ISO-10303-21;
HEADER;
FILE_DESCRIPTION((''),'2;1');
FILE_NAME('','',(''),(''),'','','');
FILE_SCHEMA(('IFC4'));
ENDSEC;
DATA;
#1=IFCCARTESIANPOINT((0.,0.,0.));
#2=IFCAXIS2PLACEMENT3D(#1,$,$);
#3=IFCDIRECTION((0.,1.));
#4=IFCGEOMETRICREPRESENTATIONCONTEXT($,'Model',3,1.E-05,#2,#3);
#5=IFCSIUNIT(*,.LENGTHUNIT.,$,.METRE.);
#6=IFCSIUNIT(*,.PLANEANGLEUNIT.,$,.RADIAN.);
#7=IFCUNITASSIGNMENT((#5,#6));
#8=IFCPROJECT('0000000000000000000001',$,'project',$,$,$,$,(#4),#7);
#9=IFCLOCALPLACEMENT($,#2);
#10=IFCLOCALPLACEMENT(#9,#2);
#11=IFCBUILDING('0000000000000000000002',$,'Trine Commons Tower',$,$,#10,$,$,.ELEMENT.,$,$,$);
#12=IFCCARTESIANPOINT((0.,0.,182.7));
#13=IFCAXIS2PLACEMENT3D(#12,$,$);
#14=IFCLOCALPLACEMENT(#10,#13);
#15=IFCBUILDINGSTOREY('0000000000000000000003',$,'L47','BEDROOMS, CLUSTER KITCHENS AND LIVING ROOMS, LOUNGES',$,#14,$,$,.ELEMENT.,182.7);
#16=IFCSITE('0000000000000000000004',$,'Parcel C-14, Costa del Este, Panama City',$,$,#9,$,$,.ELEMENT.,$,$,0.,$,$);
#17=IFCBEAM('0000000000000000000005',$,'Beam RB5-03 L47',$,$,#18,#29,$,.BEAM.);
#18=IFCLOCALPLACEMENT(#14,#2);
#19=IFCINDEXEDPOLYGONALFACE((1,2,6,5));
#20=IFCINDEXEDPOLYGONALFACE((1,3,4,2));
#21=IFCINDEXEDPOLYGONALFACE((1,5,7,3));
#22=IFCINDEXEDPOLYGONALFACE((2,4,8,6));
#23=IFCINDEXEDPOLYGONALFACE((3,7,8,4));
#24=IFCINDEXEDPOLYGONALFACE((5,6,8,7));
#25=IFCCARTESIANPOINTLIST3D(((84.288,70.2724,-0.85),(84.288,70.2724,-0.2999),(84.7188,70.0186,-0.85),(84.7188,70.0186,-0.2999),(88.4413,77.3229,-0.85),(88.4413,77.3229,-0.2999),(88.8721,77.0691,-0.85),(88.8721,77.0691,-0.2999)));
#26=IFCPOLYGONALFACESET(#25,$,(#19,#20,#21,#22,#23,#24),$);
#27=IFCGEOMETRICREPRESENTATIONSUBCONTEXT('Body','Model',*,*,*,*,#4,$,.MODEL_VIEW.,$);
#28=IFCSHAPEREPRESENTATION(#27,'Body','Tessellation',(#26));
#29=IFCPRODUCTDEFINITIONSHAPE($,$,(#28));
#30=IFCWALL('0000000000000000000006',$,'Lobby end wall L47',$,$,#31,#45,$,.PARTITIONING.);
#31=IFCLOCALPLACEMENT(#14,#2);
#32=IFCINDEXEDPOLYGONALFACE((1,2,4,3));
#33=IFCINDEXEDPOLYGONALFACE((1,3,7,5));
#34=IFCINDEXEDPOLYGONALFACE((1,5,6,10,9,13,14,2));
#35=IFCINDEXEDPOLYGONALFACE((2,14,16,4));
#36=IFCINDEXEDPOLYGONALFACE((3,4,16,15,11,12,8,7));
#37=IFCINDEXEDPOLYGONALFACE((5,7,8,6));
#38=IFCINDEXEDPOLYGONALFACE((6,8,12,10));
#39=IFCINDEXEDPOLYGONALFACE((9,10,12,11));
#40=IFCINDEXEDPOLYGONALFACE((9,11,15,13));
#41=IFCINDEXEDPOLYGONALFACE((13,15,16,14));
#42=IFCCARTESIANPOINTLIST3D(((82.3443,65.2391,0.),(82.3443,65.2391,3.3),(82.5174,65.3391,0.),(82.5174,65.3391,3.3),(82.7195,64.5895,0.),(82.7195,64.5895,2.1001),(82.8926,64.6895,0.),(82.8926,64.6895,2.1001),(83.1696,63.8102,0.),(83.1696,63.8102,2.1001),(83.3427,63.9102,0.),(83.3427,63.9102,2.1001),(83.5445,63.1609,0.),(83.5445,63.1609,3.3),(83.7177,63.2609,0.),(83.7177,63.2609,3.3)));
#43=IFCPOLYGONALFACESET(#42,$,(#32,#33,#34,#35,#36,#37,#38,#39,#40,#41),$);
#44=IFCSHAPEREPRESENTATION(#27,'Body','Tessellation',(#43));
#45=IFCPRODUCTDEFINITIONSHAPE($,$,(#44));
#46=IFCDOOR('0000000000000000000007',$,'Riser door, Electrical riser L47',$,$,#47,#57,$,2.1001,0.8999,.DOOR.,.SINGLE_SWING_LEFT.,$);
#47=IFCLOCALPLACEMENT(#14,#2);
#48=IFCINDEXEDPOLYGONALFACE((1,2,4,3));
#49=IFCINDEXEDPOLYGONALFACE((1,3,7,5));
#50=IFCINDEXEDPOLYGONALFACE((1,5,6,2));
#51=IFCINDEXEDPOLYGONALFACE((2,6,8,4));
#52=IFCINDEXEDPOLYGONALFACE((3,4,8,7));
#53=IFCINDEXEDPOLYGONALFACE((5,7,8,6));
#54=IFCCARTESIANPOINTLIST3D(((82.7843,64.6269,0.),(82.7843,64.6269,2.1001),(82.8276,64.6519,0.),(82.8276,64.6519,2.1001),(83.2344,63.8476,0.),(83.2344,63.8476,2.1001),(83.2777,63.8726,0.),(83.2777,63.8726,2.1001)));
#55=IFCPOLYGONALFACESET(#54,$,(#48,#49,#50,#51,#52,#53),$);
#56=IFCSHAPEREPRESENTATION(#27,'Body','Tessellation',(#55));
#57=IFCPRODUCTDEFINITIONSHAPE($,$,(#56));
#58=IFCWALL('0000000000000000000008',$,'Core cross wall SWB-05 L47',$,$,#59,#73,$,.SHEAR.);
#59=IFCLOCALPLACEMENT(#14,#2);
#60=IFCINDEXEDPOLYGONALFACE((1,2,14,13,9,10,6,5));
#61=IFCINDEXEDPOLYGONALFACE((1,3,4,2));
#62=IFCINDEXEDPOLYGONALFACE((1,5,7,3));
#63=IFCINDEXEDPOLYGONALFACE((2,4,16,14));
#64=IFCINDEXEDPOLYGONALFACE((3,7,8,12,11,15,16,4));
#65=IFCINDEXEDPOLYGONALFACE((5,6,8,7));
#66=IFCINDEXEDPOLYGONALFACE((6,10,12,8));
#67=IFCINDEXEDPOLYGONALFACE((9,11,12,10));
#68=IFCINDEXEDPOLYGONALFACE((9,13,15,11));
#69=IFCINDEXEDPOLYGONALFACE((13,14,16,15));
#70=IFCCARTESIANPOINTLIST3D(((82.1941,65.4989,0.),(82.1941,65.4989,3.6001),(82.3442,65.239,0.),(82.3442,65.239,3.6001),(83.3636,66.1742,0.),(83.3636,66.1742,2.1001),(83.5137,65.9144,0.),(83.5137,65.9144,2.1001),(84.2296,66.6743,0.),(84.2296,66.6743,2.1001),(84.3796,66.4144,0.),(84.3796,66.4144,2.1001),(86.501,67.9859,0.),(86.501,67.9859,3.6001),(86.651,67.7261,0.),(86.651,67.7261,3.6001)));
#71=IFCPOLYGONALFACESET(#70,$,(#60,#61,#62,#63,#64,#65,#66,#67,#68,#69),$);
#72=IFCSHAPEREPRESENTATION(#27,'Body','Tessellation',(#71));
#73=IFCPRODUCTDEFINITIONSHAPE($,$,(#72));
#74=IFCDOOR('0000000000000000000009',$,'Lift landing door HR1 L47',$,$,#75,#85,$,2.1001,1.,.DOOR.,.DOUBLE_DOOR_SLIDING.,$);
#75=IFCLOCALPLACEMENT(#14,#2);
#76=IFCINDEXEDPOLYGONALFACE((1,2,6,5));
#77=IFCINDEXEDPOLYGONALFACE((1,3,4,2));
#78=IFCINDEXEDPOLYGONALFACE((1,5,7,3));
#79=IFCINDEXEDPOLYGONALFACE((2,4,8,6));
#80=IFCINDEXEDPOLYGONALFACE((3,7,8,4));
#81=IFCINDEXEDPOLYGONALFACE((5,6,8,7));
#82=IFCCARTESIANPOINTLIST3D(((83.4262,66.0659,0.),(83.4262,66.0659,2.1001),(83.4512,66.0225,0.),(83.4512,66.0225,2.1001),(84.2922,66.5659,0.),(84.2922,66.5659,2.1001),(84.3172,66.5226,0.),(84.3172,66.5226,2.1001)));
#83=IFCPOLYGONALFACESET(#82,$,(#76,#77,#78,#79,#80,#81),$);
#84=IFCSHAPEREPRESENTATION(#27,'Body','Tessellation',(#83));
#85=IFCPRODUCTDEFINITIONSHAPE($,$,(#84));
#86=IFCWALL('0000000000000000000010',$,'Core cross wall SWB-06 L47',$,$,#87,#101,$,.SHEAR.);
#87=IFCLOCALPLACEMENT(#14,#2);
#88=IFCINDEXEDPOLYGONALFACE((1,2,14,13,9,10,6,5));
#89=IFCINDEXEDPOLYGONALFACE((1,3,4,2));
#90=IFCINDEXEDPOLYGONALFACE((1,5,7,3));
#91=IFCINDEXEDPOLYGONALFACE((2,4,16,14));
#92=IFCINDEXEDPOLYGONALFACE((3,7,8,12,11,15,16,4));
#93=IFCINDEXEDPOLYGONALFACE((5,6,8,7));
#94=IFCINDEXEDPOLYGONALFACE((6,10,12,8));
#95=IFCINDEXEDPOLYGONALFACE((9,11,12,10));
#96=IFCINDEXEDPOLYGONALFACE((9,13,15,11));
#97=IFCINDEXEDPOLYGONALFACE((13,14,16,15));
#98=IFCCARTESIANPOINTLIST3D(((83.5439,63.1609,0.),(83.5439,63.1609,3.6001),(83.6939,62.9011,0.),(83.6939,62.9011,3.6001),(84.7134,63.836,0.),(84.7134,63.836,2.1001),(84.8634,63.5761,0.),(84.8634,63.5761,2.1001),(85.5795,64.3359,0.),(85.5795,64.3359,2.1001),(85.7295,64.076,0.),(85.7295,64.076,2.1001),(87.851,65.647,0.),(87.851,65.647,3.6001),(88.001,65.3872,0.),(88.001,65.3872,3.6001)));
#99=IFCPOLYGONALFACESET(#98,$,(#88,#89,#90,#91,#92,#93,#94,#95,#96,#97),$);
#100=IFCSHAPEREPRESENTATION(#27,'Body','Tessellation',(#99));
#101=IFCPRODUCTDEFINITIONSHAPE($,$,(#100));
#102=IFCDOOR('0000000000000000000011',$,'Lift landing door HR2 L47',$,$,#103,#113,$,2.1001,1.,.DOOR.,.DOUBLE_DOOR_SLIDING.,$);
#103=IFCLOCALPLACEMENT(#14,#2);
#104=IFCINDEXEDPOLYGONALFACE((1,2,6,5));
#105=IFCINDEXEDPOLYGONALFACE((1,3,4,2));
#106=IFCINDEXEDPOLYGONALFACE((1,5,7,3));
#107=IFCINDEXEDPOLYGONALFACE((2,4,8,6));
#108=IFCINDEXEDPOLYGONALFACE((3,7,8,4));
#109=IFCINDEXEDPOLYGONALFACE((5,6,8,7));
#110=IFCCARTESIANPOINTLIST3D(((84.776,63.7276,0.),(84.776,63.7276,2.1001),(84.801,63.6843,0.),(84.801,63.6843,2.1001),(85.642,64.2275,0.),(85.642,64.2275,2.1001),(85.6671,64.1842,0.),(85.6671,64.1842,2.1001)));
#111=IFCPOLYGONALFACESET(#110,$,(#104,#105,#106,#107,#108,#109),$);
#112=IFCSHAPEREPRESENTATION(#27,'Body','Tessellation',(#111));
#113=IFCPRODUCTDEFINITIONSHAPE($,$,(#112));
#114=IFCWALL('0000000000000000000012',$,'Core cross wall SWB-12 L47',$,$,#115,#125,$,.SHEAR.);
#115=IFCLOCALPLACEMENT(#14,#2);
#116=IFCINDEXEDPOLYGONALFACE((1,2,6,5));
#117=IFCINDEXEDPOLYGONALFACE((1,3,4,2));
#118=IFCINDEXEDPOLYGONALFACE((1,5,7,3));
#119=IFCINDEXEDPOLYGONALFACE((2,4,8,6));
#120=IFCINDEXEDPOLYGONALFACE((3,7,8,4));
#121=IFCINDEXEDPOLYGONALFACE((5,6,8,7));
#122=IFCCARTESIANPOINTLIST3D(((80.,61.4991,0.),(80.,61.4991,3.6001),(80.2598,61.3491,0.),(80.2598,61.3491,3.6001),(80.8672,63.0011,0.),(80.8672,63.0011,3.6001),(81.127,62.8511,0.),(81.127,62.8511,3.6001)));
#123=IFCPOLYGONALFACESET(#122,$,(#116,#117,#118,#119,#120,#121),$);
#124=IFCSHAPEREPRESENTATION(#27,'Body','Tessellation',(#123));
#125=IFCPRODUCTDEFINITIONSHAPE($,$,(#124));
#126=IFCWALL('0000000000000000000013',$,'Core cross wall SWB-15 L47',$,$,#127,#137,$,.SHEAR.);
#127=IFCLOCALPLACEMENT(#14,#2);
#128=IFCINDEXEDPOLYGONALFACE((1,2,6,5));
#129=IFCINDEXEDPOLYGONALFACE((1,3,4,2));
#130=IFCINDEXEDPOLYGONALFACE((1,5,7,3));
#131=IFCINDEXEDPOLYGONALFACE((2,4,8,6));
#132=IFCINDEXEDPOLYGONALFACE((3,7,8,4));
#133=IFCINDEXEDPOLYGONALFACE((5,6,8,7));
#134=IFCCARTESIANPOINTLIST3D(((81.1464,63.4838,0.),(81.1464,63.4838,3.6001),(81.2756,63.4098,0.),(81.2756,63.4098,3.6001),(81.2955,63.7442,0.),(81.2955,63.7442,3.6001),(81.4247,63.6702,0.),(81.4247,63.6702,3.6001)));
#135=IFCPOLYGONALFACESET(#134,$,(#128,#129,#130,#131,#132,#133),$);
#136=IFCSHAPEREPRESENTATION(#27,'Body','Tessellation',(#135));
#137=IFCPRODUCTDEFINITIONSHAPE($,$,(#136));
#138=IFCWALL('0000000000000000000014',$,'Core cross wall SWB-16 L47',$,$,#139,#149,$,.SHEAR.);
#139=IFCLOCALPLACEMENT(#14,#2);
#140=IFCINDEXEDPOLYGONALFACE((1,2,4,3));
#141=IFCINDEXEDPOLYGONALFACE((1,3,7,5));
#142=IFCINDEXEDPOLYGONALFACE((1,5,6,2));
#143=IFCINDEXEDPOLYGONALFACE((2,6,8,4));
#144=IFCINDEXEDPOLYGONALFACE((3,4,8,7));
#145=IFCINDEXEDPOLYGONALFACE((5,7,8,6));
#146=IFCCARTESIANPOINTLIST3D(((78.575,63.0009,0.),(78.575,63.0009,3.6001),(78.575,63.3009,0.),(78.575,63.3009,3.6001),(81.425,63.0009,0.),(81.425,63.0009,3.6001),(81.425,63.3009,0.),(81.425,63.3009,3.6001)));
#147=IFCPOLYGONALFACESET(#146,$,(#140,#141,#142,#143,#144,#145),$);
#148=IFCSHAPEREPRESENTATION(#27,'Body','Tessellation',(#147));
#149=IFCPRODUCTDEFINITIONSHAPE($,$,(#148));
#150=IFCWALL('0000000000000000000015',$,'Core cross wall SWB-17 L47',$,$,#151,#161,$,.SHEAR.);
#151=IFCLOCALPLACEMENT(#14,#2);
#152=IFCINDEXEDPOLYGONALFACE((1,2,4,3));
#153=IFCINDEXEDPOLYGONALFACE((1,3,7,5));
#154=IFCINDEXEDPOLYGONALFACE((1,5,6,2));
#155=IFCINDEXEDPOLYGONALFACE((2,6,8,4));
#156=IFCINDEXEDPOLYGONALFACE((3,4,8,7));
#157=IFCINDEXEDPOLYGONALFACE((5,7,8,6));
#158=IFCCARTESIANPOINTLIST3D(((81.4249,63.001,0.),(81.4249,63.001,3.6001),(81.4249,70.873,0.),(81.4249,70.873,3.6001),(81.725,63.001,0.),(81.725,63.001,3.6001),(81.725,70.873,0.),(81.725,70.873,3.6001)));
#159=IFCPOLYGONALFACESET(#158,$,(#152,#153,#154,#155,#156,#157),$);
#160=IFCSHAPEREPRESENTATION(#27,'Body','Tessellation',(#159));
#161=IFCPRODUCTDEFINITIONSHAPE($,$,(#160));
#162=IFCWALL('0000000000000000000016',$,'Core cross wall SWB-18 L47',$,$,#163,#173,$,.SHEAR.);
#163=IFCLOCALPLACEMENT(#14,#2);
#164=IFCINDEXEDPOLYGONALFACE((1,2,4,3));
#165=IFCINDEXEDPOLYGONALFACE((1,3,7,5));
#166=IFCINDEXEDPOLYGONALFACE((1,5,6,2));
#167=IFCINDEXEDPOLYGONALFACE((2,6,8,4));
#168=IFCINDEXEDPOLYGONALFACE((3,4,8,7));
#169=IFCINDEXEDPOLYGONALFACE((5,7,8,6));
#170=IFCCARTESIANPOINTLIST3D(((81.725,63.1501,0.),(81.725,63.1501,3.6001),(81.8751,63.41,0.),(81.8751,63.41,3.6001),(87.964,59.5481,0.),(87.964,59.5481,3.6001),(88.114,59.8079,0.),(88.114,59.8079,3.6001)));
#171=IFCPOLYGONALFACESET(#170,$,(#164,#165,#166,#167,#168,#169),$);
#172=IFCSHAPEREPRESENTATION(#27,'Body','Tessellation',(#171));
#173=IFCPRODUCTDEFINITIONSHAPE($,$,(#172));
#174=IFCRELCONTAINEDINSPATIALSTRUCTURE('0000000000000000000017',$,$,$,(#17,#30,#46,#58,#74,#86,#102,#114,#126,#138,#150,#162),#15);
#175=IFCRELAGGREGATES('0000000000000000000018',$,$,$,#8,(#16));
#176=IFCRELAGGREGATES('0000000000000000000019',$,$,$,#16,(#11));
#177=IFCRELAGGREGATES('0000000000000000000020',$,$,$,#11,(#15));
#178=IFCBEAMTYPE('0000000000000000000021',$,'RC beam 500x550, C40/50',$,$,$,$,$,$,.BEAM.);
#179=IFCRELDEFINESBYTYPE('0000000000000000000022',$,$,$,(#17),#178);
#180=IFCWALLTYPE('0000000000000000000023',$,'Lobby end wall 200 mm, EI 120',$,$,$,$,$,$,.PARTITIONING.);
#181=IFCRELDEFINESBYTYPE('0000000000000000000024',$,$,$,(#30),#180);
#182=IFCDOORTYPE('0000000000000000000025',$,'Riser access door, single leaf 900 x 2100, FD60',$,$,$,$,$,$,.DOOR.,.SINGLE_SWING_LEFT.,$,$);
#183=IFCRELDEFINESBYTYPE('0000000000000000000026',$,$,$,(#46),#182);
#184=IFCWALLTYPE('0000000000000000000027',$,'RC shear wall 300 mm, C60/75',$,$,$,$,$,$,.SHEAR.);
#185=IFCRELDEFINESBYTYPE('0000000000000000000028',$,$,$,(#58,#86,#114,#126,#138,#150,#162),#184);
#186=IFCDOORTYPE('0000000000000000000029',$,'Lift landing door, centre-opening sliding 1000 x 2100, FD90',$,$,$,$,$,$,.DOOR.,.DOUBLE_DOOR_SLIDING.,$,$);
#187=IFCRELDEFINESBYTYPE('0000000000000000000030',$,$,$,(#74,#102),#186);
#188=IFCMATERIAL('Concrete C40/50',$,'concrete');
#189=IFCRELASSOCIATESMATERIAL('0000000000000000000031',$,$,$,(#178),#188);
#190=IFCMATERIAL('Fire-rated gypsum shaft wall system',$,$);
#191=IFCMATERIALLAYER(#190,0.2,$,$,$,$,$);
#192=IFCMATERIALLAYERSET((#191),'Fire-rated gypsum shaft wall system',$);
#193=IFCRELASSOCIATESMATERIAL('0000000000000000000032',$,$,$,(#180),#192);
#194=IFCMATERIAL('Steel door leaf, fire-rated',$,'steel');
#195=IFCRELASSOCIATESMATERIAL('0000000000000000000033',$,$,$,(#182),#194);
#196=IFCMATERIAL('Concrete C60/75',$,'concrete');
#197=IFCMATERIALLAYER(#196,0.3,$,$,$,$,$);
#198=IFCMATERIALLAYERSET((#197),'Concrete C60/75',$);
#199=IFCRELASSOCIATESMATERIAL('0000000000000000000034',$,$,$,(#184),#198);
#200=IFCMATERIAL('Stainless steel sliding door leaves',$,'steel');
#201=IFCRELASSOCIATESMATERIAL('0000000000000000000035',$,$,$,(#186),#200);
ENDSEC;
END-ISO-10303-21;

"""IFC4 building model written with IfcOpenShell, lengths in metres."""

from ifc_helpers import new_model, si_unit, direction, frame, frame_2d, origin, origin_2d, place, context, subcontext, project, spatial, rectangle, extrude, material, layer, layer_set, material_profile, profile_set, type_object, element, fill, save


model = new_model("IFC4")

# Units and contexts
model_context = context("Model", 3, precision=1e-05, world=origin(), true_north=direction((0.0, 1.0)))
body_context = subcontext(model_context, "Body", "Model", "MODEL_VIEW")
ifc_project = project(units=[si_unit("LENGTHUNIT", "METRE"), si_unit("PLANEANGLEUNIT", "RADIAN")], contexts=[model_context])

# Site, building, storey
site_placement = place(None, origin())
site = spatial("IfcSite", under=ifc_project, at=site_placement, Name="Parcel C-14, Costa del Este, Panama City", CompositionType="ELEMENT", RefElevation=0.0)
building_placement = place(site_placement, origin())
building = spatial("IfcBuilding", under=site, at=building_placement, Name="Trine Commons Tower", CompositionType="ELEMENT")
storey_placement = place(building_placement, frame((0.0, 0.0, 182.7)))
storey = spatial("IfcBuildingStorey", under=building, at=storey_placement, Name="L47", Description="BEDROOMS, CLUSTER KITCHENS AND LIVING ROOMS, LOUNGES", CompositionType="ELEMENT", Elevation=182.7)

# Beam
ifc_material_1 = material(Name="Concrete C40/50", Category="concrete")
ifc_material_profile = material_profile(ifc_material_1, rectangle(XDim=0.5, YDim=0.55, at=origin_2d()), Name="RC 500x550")
ifc_profile_set = profile_set([ifc_material_profile], Name="Concrete C40/50")
beam_type = type_object("IfcBeamType", Name="RC beam 500x550, C40/50", PredefinedType="BEAM", material=ifc_profile_set)
beam_placement = place(storey_placement, frame((84.5034, 70.1455, -0.575), z_axis=(0.50756, 0.861617, 0.0), x_axis=(-0.861617, 0.50756, 0.0)))
element("IfcBeam", 1, at=beam_placement, inside=storey, type_object=beam_type, Name="Beam RB5-03 L47", PredefinedType="BEAM", context=body_context, shape_type="SweptSolid", body=[
    extrude(rectangle(XDim=0.5, YDim=0.55, at=origin_2d()), origin(), (0.0, 0.0, 1.0), 8.1829),
])

# Walls, openings, doors
ifc_material_2 = material(Name="Fire-rated gypsum shaft wall system")
ifc_layer_1 = layer(ifc_material_2, 0.2)
ifc_layer_set_1 = layer_set([ifc_layer_1], Name="Fire-rated gypsum shaft wall system")
wall_type_1 = type_object("IfcWallType", Name="Lobby end wall 200 mm, EI 120", PredefinedType="PARTITIONING", material=ifc_layer_set_1)
wall_1_placement = place(storey_placement, frame((83.6311, 63.2109, 0.0), z_axis=(0.0, 0.0, 1.0), x_axis=(-0.500122, 0.865955, 0.0)))
wall_1 = element("IfcWall", 2, at=wall_1_placement, inside=storey, type_object=wall_type_1, Name="Lobby end wall L47", PredefinedType="PARTITIONING", context=body_context, shape_type="SweptSolid", body=[
    extrude(rectangle(XDim=2.3999, YDim=0.2, at=frame_2d((1.2, 0.0))), origin(), (0.0, 0.0, 1.0), 3.3),
])
opening_1_placement = place(wall_1_placement, frame((0.7498, 0.0, 0.0)))
opening_1 = element("IfcOpeningElement", 3, at=opening_1_placement, cuts=wall_1, PredefinedType="OPENING", context=body_context, shape_type="SweptSolid", body=[
    extrude(rectangle(XDim=0.8999, YDim=2.1001, at=frame_2d((0.45, 1.05))), frame((0.0, 0.1099, 0.0), z_axis=(0.0, -1.0, 0.0), x_axis=(1.0, 0.0, 0.0)), (0.0, 0.0, 1.0), 0.22),
])
ifc_material_3 = material(Name="Steel door leaf, fire-rated", Category="steel")
door_type_1 = type_object("IfcDoorType", Name="Riser access door, single leaf 900 x 2100, FD60", OperationType="SINGLE_SWING_LEFT", PredefinedType="DOOR", material=ifc_material_3)
door_1_placement = place(opening_1_placement, frame((0.8999, 0.0, 0.0), z_axis=(0.0, 0.0, 1.0), x_axis=(-1.0, 0.0, 0.0)))
door_1 = element("IfcDoor", 4, at=door_1_placement, inside=storey, type_object=door_type_1, Name="Riser door, Electrical riser L47", OperationType="SINGLE_SWING_LEFT", OverallHeight=2.1001, OverallWidth=0.8999, PredefinedType="DOOR", context=body_context, shape_type="SweptSolid", body=[
    extrude(rectangle(XDim=0.8999, YDim=2.1001, at=frame_2d((0.45, 1.05))), frame((0.0, 0.0249, 0.0), z_axis=(0.0, -1.0, 0.0), x_axis=(1.0, 0.0, 0.0)), (0.0, 0.0, 1.0), 0.05),
])
fill(opening_1, door_1)
ifc_material_4 = material(Name="Concrete C60/75", Category="concrete")
ifc_layer_2 = layer(ifc_material_4, 0.3)
ifc_layer_set_2 = layer_set([ifc_layer_2], Name="Concrete C60/75")
wall_type_2 = type_object("IfcWallType", Name="RC shear wall 300 mm, C60/75", PredefinedType="SHEAR", material=ifc_layer_set_2)
wall_2_placement = place(storey_placement, frame((82.269, 65.3689, 0.0), z_axis=(0.0, 0.0, 1.0), x_axis=(0.865984, 0.500072, 0.0)))
wall_2 = element("IfcWall", 5, at=wall_2_placement, inside=storey, type_object=wall_type_2, Name="Core cross wall SWB-05 L47", PredefinedType="SHEAR", context=body_context, shape_type="SweptSolid", body=[
    extrude(rectangle(XDim=4.9734, YDim=0.3, at=frame_2d((2.4868, 0.0))), origin(), (0.0, 0.0, 1.0), 3.6001),
])
opening_2_placement = place(wall_2_placement, frame((1.3506, 0.0, 0.0)))
opening_2 = element("IfcOpeningElement", 6, at=opening_2_placement, cuts=wall_2, PredefinedType="OPENING", context=body_context, shape_type="SweptSolid", body=[
    extrude(rectangle(XDim=1.0, YDim=2.1001, at=frame_2d((0.5, 1.05))), frame((0.0, 0.1599, 0.0), z_axis=(0.0, -1.0, 0.0), x_axis=(1.0, 0.0, 0.0)), (0.0, 0.0, 1.0), 0.3201),
])
ifc_material_5 = material(Name="Stainless steel sliding door leaves", Category="steel")
door_type_2 = type_object("IfcDoorType", Name="Lift landing door, centre-opening sliding 1000 x 2100, FD90", OperationType="DOUBLE_DOOR_SLIDING", PredefinedType="DOOR", material=ifc_material_5)
door_2_placement = place(opening_2_placement, origin())
door_2 = element("IfcDoor", 7, at=door_2_placement, inside=storey, type_object=door_type_2, Name="Lift landing door HR1 L47", OperationType="DOUBLE_DOOR_SLIDING", OverallHeight=2.1001, OverallWidth=1.0, PredefinedType="DOOR", context=body_context, shape_type="SweptSolid", body=[
    extrude(rectangle(XDim=1.0, YDim=2.1001, at=frame_2d((0.5, 1.05))), frame((0.0, 0.0249, 0.0), z_axis=(0.0, -1.0, 0.0), x_axis=(1.0, 0.0, 0.0)), (0.0, 0.0, 1.0), 0.05),
])
fill(opening_2, door_2)
wall_3_placement = place(storey_placement, frame((83.6189, 63.031, 0.0), z_axis=(0.0, 0.0, 1.0), x_axis=(0.866081, 0.499904, 0.0)))
wall_3 = element("IfcWall", 8, at=wall_3_placement, inside=storey, type_object=wall_type_2, Name="Core cross wall SWB-06 L47", PredefinedType="SHEAR", context=body_context, shape_type="SweptSolid", body=[
    extrude(rectangle(XDim=4.9731, YDim=0.3, at=frame_2d((2.4866, 0.0))), origin(), (0.0, 0.0, 1.0), 3.6001),
])
opening_3_placement = place(wall_3_placement, frame((1.3503, 0.0, 0.0)))
opening_3 = element("IfcOpeningElement", 9, at=opening_3_placement, cuts=wall_3, PredefinedType="OPENING", context=body_context, shape_type="SweptSolid", body=[
    extrude(rectangle(XDim=1.0, YDim=2.1001, at=frame_2d((0.5, 1.05))), frame((0.0, 0.1599, 0.0), z_axis=(0.0, -1.0, 0.0), x_axis=(1.0, 0.0, 0.0)), (0.0, 0.0, 1.0), 0.3201),
])
door_3_placement = place(opening_3_placement, origin())
door_3 = element("IfcDoor", 10, at=door_3_placement, inside=storey, type_object=door_type_2, Name="Lift landing door HR2 L47", OperationType="DOUBLE_DOOR_SLIDING", OverallHeight=2.1001, OverallWidth=1.0, PredefinedType="DOOR", context=body_context, shape_type="SweptSolid", body=[
    extrude(rectangle(XDim=1.0, YDim=2.1001, at=frame_2d((0.5, 1.05))), frame((0.0, 0.0249, 0.0), z_axis=(0.0, -1.0, 0.0), x_axis=(1.0, 0.0, 0.0)), (0.0, 0.0, 1.0), 0.05),
])
fill(opening_3, door_3)

# Walls
wall_4_placement = place(storey_placement, frame((80.1299, 61.4241, 0.0), z_axis=(0.0, 0.0, 1.0), x_axis=(0.500015, 0.866017, 0.0)))
element("IfcWall", 11, at=wall_4_placement, inside=storey, type_object=wall_type_2, Name="Core cross wall SWB-12 L47", PredefinedType="SHEAR", context=body_context, shape_type="SweptSolid", body=[
    extrude(rectangle(XDim=1.7344, YDim=0.3, at=frame_2d((0.8672, 0.0))), origin(), (0.0, 0.0, 1.0), 3.6001),
])
wall_5_placement = place(storey_placement, frame((81.2209, 63.614, 0.0), z_axis=(0.0, 0.0, 1.0), x_axis=(0.867738, -0.497022, 0.0)))
element("IfcWall", 12, at=wall_5_placement, inside=storey, type_object=wall_type_2, Name="Core cross wall SWB-15 L47", PredefinedType="SHEAR", context=body_context, shape_type="SweptSolid", body=[
    extrude(rectangle(XDim=0.1489, YDim=0.3, at=frame_2d((0.0745, 0.0))), origin(), (0.0, 0.0, 1.0), 3.6001),
])
wall_6_placement = place(storey_placement, frame((81.425, 63.1509, 0.0), z_axis=(0.0, 0.0, 1.0), x_axis=(-1.0, 0.0, 0.0)))
element("IfcWall", 13, at=wall_6_placement, inside=storey, type_object=wall_type_2, Name="Core cross wall SWB-16 L47", PredefinedType="SHEAR", context=body_context, shape_type="SweptSolid", body=[
    extrude(rectangle(XDim=2.8501, YDim=0.3, at=frame_2d((1.425, 0.0))), origin(), (0.0, 0.0, 1.0), 3.6001),
])
wall_7_placement = place(storey_placement, frame((81.575, 63.001, 0.0), z_axis=(0.0, 0.0, 1.0), x_axis=(0.0, 1.0, 0.0)))
element("IfcWall", 14, at=wall_7_placement, inside=storey, type_object=wall_type_2, Name="Core cross wall SWB-17 L47", PredefinedType="SHEAR", context=body_context, shape_type="SweptSolid", body=[
    extrude(rectangle(XDim=7.8721, YDim=0.3, at=frame_2d((3.936, 0.0))), origin(), (0.0, 0.0, 1.0), 3.6001),
])
wall_8_placement = place(storey_placement, frame((81.8, 63.28, 0.0), z_axis=(0.0, 0.0, 1.0), x_axis=(0.866028, -0.499995, 0.0)))
element("IfcWall", 15, at=wall_8_placement, inside=storey, type_object=wall_type_2, Name="Core cross wall SWB-18 L47", PredefinedType="SHEAR", context=body_context, shape_type="SweptSolid", body=[
    extrude(rectangle(XDim=7.2041, YDim=0.3, at=frame_2d((3.6021, 0.0))), origin(), (0.0, 0.0, 1.0), 3.6001),
])

save(model, "model.ifc")
